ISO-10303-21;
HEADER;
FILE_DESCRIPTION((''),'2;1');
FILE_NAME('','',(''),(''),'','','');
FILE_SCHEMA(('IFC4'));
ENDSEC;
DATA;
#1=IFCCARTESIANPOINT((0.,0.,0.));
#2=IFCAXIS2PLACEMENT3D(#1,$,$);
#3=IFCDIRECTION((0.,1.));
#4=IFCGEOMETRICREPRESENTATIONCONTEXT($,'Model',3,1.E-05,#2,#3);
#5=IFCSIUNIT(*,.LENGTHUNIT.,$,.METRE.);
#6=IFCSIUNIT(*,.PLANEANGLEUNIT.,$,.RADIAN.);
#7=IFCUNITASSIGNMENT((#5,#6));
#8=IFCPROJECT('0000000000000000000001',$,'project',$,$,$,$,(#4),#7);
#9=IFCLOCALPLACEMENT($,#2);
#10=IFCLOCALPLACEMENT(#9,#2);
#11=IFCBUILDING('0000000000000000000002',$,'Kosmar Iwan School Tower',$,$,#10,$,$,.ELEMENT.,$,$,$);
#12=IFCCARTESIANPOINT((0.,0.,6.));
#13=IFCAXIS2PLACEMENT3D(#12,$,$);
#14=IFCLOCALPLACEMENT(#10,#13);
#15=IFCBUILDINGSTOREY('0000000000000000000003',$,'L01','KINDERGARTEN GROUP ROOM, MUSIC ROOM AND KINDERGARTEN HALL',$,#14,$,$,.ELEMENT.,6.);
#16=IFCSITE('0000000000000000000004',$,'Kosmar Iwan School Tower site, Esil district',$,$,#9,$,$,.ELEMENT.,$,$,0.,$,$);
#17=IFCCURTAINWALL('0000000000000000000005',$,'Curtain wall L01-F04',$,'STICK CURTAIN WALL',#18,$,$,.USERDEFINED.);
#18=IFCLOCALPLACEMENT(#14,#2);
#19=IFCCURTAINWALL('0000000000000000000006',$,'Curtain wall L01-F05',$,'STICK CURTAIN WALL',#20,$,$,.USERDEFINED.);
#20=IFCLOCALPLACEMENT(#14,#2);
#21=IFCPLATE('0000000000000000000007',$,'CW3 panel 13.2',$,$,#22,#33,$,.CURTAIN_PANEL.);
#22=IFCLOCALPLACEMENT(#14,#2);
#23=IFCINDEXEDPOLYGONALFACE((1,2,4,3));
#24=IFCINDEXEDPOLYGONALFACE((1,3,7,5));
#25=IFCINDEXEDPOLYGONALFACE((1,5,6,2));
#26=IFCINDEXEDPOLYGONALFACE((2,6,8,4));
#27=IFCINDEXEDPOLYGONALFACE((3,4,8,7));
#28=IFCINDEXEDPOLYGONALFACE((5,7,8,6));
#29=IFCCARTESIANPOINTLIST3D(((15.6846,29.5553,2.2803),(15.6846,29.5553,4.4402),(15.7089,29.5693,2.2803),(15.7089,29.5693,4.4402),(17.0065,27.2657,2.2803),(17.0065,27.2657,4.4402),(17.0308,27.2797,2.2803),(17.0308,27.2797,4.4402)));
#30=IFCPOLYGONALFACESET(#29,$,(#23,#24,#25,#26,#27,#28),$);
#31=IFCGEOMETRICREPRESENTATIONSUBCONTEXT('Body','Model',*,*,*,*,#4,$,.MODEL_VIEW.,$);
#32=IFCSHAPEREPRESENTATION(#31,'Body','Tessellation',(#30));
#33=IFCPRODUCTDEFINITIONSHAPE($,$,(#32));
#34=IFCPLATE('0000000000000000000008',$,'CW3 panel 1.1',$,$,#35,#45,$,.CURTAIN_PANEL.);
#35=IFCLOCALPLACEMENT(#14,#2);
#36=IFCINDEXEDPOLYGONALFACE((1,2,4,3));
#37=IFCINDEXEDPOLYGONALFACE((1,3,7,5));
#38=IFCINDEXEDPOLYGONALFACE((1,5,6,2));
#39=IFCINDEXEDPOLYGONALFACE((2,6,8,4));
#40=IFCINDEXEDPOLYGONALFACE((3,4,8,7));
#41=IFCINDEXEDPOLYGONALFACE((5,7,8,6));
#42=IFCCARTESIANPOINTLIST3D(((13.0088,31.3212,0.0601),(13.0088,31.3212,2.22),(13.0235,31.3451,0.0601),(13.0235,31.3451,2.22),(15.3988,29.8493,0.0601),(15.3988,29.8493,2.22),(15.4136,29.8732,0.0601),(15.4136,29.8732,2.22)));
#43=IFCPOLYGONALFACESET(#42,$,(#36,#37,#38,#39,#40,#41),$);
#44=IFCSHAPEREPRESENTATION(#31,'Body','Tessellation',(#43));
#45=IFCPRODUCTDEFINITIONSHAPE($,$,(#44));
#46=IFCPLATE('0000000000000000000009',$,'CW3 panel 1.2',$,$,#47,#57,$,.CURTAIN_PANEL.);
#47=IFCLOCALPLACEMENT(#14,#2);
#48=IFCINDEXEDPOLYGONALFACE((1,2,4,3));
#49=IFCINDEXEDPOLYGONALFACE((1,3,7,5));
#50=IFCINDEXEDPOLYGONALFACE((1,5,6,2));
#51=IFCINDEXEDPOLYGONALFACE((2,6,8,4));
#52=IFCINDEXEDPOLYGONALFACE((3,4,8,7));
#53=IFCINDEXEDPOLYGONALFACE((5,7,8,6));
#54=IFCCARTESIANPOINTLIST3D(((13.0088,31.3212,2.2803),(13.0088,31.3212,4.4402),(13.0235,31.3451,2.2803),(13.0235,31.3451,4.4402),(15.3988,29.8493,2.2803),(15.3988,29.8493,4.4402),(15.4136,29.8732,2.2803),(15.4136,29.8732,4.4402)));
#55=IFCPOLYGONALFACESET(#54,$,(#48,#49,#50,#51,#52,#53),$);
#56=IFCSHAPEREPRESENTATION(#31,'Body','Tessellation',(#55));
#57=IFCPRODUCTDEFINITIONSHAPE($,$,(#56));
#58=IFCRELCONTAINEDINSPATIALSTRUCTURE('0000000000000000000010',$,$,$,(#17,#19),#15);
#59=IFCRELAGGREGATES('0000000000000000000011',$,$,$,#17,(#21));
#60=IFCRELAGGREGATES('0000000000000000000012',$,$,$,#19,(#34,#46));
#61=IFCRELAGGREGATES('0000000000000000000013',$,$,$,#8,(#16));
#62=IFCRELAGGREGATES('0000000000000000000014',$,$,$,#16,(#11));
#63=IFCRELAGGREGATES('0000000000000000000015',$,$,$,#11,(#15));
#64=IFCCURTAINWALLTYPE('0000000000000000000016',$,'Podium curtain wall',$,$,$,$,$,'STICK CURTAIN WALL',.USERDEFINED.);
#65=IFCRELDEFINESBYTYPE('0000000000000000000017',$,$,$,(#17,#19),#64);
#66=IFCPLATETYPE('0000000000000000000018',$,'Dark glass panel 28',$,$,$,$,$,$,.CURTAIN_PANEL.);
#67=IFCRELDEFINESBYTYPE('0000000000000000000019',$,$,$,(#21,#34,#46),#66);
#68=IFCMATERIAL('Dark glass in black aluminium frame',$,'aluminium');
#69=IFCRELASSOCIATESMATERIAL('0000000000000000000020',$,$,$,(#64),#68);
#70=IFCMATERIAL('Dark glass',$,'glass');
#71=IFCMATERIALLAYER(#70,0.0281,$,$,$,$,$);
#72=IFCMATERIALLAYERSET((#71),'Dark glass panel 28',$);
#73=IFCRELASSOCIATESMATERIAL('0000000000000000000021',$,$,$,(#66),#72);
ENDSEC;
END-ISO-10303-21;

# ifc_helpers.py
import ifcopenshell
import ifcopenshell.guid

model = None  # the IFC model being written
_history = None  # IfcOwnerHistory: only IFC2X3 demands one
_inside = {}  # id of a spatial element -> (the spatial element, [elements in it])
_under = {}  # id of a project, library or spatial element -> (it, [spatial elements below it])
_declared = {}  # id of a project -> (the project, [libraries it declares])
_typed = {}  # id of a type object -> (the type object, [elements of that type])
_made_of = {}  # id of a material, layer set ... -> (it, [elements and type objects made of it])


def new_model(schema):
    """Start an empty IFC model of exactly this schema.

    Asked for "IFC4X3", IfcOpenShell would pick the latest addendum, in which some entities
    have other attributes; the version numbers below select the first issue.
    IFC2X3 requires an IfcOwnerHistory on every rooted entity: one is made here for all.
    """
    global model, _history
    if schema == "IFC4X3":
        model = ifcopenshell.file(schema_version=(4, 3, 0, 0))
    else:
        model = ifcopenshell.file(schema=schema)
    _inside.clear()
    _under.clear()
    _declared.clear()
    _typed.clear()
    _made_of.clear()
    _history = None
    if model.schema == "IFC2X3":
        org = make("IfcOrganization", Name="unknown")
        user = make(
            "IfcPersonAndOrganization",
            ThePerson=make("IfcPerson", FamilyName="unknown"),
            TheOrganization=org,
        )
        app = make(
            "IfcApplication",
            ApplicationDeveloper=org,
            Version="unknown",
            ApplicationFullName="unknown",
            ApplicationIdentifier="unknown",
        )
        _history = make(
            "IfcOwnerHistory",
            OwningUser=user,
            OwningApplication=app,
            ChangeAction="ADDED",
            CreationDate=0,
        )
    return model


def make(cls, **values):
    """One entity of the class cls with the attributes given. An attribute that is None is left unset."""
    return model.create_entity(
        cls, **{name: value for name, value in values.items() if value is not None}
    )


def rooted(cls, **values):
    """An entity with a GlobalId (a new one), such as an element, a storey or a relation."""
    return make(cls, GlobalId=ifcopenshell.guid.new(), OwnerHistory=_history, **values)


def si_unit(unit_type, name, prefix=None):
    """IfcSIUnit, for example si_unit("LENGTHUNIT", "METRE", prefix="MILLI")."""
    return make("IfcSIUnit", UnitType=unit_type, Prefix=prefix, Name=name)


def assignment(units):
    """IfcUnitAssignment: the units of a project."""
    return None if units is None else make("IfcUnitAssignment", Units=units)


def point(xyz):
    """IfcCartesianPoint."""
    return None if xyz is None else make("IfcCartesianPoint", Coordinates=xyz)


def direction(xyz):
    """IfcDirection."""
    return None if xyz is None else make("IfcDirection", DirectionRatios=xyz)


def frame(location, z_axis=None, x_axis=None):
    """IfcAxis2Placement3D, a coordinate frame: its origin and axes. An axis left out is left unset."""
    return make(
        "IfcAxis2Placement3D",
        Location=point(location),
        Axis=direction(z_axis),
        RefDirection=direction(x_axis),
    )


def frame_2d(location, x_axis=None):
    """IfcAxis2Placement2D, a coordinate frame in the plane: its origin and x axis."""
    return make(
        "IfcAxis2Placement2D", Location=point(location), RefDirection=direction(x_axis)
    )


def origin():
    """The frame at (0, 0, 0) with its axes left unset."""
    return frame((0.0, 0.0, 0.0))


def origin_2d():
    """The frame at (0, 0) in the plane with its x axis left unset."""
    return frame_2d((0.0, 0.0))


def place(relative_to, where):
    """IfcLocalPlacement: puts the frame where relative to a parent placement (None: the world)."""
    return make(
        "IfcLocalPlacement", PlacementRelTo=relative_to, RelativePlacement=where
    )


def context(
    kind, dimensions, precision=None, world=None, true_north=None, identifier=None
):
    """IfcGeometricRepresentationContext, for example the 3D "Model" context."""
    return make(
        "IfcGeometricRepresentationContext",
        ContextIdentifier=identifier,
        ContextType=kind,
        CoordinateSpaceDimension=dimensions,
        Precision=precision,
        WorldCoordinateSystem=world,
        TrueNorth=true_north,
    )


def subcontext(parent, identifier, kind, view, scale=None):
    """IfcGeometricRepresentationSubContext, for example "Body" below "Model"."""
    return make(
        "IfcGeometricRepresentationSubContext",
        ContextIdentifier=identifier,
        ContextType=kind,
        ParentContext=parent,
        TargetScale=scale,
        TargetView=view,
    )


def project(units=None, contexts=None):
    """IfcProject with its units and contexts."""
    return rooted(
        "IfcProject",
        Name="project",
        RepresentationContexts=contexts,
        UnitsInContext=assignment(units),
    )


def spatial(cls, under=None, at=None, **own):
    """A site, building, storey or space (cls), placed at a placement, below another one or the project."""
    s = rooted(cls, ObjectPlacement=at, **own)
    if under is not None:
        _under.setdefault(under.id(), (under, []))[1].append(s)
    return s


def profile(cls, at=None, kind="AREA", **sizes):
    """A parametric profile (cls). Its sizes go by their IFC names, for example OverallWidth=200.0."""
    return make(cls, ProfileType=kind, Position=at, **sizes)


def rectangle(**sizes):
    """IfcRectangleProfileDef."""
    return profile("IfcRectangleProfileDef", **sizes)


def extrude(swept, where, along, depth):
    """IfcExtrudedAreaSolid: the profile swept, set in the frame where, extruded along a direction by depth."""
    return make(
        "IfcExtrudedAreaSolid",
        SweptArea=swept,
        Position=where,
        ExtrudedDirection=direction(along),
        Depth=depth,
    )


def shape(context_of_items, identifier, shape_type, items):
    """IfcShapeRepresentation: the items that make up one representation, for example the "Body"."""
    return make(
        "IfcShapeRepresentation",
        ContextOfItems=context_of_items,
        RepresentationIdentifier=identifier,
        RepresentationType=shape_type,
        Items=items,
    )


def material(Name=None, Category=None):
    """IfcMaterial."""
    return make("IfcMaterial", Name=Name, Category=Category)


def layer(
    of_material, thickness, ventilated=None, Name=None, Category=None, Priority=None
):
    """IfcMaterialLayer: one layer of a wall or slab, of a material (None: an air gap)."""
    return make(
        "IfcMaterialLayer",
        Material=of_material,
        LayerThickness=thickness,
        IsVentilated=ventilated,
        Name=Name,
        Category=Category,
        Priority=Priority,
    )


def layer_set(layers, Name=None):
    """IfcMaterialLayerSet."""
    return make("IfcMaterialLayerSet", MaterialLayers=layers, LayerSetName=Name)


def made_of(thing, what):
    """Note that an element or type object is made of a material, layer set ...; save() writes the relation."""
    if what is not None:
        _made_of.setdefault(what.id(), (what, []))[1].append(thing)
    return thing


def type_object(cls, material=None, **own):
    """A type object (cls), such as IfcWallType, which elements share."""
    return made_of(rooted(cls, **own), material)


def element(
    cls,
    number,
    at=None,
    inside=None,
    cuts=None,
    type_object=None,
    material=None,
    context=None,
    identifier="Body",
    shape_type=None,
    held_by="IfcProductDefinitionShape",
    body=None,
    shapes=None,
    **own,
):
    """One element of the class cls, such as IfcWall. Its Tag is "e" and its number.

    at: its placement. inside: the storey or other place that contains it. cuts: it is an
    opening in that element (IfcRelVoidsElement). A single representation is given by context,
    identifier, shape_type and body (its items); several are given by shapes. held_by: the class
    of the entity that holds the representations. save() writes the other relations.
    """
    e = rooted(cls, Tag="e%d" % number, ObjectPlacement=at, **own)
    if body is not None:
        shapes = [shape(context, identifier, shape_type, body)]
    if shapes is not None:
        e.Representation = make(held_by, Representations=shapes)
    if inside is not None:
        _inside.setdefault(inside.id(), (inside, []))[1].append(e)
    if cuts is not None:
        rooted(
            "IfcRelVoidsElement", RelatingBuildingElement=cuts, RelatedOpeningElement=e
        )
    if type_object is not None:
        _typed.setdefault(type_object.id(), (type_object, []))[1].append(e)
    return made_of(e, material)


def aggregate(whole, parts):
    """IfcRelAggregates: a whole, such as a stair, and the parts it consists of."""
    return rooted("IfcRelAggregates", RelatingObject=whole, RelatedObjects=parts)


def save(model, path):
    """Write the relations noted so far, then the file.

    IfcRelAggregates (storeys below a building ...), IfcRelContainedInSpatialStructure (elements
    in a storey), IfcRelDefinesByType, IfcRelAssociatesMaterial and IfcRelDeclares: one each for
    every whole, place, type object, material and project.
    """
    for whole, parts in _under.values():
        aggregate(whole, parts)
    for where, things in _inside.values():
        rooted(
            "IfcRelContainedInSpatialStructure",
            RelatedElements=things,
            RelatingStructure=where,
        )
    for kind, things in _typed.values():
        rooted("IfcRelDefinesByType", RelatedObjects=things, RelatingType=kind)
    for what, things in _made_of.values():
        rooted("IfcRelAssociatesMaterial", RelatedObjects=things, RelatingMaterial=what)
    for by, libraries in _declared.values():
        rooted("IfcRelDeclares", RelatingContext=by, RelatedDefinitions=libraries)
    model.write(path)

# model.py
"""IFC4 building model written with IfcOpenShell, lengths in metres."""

from ifc_helpers import new_model, si_unit, direction, frame, origin, origin_2d, place, context, subcontext, project, spatial, rectangle, extrude, material, layer, layer_set, type_object, element, aggregate, save


model = new_model("IFC4")

# Units and contexts
model_context = context("Model", 3, precision=1e-05, world=origin(), true_north=direction((0.0, 1.0)))
body_context = subcontext(model_context, "Body", "Model", "MODEL_VIEW")
ifc_project = project(units=[si_unit("LENGTHUNIT", "METRE"), si_unit("PLANEANGLEUNIT", "RADIAN")], contexts=[model_context])

# Site, building, storey
site_placement = place(None, origin())
site = spatial("IfcSite", under=ifc_project, at=site_placement, Name="Kosmar Iwan School Tower site, Esil district", CompositionType="ELEMENT", RefElevation=0.0)
building_placement = place(site_placement, origin())
building = spatial("IfcBuilding", under=site, at=building_placement, Name="Kosmar Iwan School Tower", CompositionType="ELEMENT")
storey_placement = place(building_placement, frame((0.0, 0.0, 6.0)))
storey = spatial("IfcBuildingStorey", under=building, at=storey_placement, Name="L01", Description="KINDERGARTEN GROUP ROOM, MUSIC ROOM AND KINDERGARTEN HALL", CompositionType="ELEMENT", Elevation=6.0)

# Curtain walls
ifc_material_1 = material(Name="Dark glass in black aluminium frame", Category="aluminium")
curtain_wall_type = type_object("IfcCurtainWallType", Name="Podium curtain wall", ElementType="STICK CURTAIN WALL", PredefinedType="USERDEFINED", material=ifc_material_1)
curtain_wall_1_placement = place(storey_placement, origin())
curtain_wall_1 = element("IfcCurtainWall", 1, at=curtain_wall_1_placement, inside=storey, type_object=curtain_wall_type, Name="Curtain wall L01-F04", ObjectType="STICK CURTAIN WALL", PredefinedType="USERDEFINED")
curtain_wall_2_placement = place(storey_placement, origin())
curtain_wall_2 = element("IfcCurtainWall", 2, at=curtain_wall_2_placement, inside=storey, type_object=curtain_wall_type, Name="Curtain wall L01-F05", ObjectType="STICK CURTAIN WALL", PredefinedType="USERDEFINED")

# Plates
ifc_material_2 = material(Name="Dark glass", Category="glass")
ifc_layer = layer(ifc_material_2, 0.0281)
ifc_layer_set = layer_set([ifc_layer], Name="Dark glass panel 28")
plate_type = type_object("IfcPlateType", Name="Dark glass panel 28", PredefinedType="CURTAIN_PANEL", material=ifc_layer_set)
plate_1_placement = place(storey_placement, frame((16.3577, 28.4175, 2.2803), z_axis=(0.0, 0.0, 1.0), x_axis=(-0.5, 0.866025, 0.0)))
plate_1 = element("IfcPlate", 3, at=plate_1_placement, type_object=plate_type, Name="CW3 panel 13.2", PredefinedType="CURTAIN_PANEL", context=body_context, shape_type="SweptSolid", body=[
    extrude(rectangle(XDim=2.6438, YDim=0.0281, at=origin_2d()), origin(), (0.0, 0.0, 1.0), 2.1599),
])
aggregate(curtain_wall_1, [plate_1])
plate_2_placement = place(storey_placement, frame((14.2112, 30.5972, 0.0601), z_axis=(0.0, 0.0, 1.0), x_axis=(-0.851483, 0.524382, 0.0)))
plate_2 = element("IfcPlate", 4, at=plate_2_placement, type_object=plate_type, Name="CW3 panel 1.1", PredefinedType="CURTAIN_PANEL", context=body_context, shape_type="SweptSolid", body=[
    extrude(rectangle(XDim=2.8069, YDim=0.0281, at=origin_2d()), origin(), (0.0, 0.0, 1.0), 2.1599),
])
plate_3_placement = place(storey_placement, frame((14.2112, 30.5972, 2.2803), z_axis=(0.0, 0.0, 1.0), x_axis=(-0.851483, 0.524382, 0.0)))
plate_3 = element("IfcPlate", 5, at=plate_3_placement, type_object=plate_type, Name="CW3 panel 1.2", PredefinedType="CURTAIN_PANEL", context=body_context, shape_type="SweptSolid", body=[
    extrude(rectangle(XDim=2.8069, YDim=0.0281, at=origin_2d()), origin(), (0.0, 0.0, 1.0), 2.1599),
])
aggregate(curtain_wall_2, [plate_2, plate_3])

save(model, "model.ifc")
